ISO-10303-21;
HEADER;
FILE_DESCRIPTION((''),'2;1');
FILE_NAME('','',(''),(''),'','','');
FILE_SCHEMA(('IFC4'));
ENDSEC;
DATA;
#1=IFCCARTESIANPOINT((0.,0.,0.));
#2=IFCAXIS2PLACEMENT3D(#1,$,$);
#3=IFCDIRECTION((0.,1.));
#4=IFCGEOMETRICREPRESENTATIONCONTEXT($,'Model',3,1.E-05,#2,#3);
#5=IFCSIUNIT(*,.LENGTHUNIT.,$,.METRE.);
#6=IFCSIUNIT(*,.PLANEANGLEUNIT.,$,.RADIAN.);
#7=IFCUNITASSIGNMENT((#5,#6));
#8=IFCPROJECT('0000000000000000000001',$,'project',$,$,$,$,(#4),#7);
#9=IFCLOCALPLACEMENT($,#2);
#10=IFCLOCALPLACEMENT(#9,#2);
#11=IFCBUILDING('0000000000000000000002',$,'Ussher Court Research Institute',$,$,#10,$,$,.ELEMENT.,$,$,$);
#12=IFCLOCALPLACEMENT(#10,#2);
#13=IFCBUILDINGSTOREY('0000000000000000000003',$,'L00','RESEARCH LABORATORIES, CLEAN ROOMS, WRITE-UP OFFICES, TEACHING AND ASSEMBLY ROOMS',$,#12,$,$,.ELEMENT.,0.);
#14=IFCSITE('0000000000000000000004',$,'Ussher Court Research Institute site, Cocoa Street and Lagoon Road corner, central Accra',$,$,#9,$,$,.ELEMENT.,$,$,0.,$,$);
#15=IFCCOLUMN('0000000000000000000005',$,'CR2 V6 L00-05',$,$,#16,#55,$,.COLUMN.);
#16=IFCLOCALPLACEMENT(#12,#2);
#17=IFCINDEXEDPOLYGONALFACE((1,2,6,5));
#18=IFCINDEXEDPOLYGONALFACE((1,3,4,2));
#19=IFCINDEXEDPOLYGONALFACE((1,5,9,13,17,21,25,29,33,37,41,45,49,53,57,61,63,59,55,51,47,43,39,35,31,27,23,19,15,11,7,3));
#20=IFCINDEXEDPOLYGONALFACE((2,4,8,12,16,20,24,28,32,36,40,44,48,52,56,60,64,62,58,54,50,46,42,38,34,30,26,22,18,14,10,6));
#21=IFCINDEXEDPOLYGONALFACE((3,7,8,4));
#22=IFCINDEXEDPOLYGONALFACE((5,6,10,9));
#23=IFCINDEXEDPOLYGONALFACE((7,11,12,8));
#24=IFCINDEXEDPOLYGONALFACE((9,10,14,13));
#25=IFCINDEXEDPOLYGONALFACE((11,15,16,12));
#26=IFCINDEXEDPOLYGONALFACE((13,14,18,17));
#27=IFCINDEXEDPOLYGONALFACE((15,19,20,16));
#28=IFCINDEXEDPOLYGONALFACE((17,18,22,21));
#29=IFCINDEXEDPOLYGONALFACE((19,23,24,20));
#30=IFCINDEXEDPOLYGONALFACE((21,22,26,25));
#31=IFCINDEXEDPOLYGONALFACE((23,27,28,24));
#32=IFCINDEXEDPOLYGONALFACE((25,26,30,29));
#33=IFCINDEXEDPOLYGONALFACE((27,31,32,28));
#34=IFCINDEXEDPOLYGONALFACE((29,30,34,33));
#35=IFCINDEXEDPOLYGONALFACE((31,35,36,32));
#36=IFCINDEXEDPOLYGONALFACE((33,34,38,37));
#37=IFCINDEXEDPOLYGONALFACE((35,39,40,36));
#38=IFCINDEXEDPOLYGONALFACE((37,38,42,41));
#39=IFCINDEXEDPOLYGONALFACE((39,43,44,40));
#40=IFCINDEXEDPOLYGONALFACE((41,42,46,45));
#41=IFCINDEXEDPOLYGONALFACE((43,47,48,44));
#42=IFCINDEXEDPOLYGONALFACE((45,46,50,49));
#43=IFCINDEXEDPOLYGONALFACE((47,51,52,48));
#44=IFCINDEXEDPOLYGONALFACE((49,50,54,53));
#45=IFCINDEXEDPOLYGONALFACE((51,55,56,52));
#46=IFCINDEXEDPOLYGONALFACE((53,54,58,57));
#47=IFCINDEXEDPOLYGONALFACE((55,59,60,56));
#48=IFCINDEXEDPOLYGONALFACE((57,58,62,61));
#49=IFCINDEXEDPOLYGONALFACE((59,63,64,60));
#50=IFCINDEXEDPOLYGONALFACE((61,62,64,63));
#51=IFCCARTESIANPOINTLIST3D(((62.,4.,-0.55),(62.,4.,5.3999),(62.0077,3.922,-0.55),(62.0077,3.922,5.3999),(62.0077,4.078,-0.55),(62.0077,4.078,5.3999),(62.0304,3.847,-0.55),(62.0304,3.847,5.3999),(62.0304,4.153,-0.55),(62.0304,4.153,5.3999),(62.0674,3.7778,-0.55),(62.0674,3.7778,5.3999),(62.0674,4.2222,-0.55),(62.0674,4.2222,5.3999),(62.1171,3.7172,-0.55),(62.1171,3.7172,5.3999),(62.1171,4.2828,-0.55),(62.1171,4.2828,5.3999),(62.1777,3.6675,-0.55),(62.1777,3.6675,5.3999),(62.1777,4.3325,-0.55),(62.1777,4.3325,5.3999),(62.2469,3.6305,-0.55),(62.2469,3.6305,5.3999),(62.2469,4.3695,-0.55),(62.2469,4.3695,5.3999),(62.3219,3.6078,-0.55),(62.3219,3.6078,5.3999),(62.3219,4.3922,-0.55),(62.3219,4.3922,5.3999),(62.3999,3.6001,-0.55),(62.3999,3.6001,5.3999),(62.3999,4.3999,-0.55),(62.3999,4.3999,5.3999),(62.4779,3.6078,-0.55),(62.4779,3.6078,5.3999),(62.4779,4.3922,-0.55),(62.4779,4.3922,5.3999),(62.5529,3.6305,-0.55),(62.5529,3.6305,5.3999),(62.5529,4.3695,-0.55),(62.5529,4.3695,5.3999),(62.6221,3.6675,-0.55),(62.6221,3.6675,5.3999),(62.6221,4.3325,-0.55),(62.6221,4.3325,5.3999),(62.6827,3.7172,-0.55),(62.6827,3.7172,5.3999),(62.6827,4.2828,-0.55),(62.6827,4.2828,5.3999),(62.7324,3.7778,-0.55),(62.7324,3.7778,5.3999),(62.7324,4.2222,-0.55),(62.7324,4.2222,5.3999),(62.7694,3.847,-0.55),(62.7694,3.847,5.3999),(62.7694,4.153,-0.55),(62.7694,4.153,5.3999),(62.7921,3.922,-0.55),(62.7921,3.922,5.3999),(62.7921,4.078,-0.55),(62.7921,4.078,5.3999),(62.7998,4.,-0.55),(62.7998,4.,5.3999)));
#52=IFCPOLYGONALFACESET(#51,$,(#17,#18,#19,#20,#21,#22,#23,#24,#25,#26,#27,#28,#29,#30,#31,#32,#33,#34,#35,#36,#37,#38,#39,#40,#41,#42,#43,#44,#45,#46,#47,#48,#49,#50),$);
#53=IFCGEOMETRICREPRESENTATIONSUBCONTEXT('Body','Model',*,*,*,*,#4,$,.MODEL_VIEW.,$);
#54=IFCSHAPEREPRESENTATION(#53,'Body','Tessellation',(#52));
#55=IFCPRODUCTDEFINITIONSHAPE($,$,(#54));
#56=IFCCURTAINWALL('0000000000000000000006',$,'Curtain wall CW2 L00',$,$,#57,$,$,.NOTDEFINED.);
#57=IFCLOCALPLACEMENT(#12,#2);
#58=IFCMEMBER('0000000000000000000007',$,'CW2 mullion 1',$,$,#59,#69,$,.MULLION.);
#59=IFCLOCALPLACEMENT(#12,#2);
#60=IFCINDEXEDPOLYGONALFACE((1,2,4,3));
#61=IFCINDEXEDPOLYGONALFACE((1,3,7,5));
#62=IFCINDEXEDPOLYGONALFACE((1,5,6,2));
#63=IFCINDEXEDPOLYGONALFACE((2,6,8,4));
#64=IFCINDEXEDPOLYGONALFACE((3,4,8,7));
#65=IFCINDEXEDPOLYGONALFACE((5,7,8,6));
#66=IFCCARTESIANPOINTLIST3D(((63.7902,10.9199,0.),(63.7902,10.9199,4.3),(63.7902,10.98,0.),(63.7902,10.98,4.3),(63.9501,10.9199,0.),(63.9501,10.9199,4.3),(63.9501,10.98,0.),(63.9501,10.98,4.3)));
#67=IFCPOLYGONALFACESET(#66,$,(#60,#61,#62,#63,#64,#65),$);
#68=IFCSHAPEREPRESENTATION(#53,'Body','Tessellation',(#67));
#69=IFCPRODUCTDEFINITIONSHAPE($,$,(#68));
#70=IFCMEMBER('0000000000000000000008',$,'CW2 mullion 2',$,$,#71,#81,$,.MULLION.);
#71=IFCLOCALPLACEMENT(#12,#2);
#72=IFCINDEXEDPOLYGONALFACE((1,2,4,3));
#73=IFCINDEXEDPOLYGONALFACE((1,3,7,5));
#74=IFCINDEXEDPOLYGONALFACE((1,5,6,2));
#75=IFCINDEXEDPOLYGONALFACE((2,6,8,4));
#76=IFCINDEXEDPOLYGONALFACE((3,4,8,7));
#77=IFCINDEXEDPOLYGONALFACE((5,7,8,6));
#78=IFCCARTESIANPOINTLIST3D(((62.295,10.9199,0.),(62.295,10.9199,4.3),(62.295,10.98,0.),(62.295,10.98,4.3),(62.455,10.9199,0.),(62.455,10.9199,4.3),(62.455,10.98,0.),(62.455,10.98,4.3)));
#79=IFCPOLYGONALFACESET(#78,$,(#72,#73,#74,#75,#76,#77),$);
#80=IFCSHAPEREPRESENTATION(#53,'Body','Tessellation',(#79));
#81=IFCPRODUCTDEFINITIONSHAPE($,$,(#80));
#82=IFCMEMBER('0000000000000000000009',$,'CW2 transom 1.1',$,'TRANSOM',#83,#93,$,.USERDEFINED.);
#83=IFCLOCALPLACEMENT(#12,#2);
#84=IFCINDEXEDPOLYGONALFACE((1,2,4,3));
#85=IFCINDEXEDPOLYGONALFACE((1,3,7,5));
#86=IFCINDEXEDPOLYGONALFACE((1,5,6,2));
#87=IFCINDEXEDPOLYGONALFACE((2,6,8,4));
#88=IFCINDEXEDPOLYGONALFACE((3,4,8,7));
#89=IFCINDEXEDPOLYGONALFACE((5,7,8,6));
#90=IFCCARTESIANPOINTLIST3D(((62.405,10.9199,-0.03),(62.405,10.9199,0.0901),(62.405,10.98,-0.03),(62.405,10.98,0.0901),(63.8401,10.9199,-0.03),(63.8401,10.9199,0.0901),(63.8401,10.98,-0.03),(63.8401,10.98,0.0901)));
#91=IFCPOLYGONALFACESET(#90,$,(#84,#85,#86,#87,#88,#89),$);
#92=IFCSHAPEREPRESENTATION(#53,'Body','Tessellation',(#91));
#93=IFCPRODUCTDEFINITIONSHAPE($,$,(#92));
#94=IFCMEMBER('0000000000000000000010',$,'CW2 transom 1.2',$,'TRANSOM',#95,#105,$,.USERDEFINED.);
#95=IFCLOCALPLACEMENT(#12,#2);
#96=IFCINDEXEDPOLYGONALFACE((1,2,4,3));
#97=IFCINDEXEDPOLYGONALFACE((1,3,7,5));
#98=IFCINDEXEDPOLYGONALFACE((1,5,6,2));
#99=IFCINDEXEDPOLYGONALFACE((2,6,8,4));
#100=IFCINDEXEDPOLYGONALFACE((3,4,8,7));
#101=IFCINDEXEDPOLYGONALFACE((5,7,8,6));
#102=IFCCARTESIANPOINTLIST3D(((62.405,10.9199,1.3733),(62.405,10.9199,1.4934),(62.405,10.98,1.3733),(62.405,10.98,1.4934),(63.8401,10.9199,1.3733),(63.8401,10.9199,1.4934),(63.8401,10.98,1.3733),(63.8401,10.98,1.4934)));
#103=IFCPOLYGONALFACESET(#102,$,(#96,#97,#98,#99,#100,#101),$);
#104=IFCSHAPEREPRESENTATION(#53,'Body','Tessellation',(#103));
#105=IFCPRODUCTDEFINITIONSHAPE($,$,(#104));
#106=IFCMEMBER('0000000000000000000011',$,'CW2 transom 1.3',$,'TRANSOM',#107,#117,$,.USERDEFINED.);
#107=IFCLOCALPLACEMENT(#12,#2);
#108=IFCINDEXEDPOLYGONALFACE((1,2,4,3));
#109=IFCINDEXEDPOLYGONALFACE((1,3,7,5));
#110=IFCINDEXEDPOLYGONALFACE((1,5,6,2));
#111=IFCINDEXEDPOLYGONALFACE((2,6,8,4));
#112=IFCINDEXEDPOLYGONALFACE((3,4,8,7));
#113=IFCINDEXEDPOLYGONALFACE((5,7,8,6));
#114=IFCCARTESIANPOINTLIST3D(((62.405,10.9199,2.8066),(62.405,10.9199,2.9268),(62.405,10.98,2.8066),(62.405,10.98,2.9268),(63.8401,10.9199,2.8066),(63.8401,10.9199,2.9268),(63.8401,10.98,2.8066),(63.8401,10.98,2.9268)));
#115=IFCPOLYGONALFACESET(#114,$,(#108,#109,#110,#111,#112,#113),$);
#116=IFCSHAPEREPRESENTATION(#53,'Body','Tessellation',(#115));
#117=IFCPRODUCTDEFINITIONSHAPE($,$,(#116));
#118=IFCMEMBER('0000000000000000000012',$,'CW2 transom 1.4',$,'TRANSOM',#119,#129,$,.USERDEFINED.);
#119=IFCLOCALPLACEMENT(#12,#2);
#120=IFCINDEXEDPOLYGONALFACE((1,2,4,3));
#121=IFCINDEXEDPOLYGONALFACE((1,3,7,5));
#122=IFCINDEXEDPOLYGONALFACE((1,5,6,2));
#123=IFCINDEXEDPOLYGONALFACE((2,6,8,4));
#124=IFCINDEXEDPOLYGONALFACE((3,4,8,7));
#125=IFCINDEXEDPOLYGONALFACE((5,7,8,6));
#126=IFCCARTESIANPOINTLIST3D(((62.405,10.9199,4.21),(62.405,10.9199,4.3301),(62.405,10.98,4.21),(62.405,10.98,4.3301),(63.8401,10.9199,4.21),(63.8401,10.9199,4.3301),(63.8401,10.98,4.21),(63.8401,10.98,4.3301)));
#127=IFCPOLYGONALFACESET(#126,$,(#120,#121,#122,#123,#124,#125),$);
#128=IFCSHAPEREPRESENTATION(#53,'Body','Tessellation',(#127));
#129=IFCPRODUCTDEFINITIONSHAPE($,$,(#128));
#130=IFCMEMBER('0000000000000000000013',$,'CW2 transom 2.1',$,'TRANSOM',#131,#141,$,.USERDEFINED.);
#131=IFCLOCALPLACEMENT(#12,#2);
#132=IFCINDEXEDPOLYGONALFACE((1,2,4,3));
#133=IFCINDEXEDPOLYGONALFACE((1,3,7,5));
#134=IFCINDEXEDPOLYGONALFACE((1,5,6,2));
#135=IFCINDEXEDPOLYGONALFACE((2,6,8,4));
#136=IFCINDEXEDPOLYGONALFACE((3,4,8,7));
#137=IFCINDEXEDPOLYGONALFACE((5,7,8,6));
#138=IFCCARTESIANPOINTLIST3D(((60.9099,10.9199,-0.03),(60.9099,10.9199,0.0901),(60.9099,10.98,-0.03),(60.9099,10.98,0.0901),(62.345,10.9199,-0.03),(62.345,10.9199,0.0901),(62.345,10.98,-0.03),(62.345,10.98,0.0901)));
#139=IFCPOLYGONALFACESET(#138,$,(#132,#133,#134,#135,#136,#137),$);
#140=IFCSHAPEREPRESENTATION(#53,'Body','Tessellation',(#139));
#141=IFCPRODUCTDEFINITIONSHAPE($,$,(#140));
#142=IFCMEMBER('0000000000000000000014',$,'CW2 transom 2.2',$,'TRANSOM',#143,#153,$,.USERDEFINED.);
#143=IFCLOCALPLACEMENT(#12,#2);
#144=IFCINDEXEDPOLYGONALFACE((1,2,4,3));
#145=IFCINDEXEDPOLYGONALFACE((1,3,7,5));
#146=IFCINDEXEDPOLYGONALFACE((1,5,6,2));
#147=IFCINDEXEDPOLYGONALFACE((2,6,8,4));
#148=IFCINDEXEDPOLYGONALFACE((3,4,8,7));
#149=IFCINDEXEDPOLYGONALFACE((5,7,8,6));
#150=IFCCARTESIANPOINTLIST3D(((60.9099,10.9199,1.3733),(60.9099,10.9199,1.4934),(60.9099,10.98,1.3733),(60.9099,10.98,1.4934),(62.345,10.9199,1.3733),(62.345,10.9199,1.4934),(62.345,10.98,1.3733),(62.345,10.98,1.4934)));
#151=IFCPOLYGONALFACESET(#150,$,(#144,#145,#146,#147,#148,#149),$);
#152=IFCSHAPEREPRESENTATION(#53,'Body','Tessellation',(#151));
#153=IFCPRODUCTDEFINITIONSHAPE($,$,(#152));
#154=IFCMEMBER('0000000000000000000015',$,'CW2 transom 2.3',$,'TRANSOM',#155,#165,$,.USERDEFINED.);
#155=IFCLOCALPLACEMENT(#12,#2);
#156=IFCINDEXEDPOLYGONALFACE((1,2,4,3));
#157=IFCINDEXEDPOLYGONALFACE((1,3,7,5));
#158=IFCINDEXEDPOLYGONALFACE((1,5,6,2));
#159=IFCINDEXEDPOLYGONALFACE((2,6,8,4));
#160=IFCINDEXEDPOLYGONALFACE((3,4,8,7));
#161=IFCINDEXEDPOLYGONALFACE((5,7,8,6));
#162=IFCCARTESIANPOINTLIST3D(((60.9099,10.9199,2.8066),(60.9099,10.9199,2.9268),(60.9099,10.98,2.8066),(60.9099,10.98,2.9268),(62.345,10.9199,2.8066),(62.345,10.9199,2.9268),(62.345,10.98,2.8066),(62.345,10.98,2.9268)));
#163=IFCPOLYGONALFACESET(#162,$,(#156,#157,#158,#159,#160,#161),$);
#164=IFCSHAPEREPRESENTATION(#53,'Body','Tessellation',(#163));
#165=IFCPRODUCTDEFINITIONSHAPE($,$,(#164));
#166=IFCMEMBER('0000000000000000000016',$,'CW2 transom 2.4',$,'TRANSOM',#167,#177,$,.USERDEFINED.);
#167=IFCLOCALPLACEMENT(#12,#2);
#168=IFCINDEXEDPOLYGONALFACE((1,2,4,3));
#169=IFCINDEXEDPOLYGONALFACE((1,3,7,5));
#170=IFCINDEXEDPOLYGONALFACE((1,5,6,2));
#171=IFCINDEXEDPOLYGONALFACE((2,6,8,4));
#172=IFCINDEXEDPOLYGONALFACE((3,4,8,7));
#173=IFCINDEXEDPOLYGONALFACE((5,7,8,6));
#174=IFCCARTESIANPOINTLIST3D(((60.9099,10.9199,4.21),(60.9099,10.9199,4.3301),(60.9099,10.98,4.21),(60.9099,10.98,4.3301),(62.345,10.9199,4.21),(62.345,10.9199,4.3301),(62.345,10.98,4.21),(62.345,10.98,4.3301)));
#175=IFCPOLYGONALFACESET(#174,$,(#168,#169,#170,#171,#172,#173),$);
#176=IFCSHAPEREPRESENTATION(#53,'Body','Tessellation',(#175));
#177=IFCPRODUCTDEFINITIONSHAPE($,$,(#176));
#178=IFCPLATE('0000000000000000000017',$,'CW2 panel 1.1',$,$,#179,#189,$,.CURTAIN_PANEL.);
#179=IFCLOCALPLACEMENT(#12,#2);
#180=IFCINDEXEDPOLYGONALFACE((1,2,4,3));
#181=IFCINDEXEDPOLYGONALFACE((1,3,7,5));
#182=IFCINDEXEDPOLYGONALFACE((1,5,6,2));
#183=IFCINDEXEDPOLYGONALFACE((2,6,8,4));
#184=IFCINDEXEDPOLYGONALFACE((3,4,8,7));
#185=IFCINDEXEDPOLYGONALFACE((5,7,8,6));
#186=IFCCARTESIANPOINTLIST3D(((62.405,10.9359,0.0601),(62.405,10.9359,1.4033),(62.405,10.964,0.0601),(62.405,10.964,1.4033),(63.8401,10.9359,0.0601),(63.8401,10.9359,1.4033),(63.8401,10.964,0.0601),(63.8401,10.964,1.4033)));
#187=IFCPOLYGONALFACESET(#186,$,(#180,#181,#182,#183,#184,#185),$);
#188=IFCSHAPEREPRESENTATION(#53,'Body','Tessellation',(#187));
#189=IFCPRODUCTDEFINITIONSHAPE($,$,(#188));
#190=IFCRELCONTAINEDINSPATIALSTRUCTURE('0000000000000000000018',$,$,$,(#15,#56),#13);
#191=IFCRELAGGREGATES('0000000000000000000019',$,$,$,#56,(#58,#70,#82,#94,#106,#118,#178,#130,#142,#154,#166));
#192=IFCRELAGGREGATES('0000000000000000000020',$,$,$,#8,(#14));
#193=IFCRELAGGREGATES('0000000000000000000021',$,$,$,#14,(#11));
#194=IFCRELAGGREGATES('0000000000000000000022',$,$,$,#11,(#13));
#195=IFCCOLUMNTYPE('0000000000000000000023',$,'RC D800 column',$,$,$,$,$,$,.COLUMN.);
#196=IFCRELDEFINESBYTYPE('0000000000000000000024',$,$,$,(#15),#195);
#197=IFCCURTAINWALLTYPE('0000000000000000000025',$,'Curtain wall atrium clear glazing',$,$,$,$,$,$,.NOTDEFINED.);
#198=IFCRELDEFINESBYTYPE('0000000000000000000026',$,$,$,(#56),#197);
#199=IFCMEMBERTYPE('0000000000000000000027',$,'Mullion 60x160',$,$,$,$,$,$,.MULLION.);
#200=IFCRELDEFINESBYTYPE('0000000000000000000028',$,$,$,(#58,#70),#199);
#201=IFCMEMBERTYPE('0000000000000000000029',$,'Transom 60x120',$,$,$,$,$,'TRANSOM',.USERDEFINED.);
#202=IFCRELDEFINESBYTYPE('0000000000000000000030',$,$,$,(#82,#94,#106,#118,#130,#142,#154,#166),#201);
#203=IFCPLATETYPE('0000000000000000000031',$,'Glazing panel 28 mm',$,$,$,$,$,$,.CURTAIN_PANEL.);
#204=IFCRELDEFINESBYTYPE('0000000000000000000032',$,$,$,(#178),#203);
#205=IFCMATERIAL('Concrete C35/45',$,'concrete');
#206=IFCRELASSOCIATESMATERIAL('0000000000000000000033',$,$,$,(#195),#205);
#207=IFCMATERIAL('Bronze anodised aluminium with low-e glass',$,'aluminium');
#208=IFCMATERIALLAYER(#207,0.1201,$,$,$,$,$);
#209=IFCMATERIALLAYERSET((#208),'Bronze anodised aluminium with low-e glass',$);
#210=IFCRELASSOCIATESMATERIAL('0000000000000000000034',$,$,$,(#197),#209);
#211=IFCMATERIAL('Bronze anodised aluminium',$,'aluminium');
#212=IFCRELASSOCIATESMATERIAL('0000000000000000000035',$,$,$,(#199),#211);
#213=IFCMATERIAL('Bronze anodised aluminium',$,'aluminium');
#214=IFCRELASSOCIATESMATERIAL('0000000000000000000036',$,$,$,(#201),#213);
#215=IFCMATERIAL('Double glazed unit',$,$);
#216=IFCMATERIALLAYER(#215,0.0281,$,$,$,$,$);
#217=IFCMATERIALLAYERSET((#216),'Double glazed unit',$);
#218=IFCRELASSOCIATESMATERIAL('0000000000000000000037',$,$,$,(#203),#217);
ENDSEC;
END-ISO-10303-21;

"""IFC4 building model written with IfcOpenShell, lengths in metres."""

from ifc_helpers import new_model, si_unit, direction, frame, origin, origin_2d, place, context, subcontext, project, spatial, rectangle, circle, extrude, material, layer, layer_set, material_profile, profile_set, type_object, element, aggregate, save


model = new_model("IFC4")

# Units and contexts
model_context = context("Model", 3, precision=1e-05, world=origin(), true_north=direction((0.0, 1.0)))
body_context = subcontext(model_context, "Body", "Model", "MODEL_VIEW")
ifc_project = project(units=[si_unit("LENGTHUNIT", "METRE"), si_unit("PLANEANGLEUNIT", "RADIAN")], contexts=[model_context])

# Site, building, storey
site_placement = place(None, origin())
site = spatial("IfcSite", under=ifc_project, at=site_placement, Name="Ussher Court Research Institute site, Cocoa Street and Lagoon Road corner, central Accra", CompositionType="ELEMENT", RefElevation=0.0)
building_placement = place(site_placement, origin())
building = spatial("IfcBuilding", under=site, at=building_placement, Name="Ussher Court Research Institute", CompositionType="ELEMENT")
storey_placement = place(building_placement, origin())
storey = spatial("IfcBuildingStorey", under=building, at=storey_placement, Name="L00", Description="RESEARCH LABORATORIES, CLEAN ROOMS, WRITE-UP OFFICES, TEACHING AND ASSEMBLY ROOMS", CompositionType="ELEMENT", Elevation=0.0)

# Column
ifc_material_1 = material(Name="Concrete C35/45", Category="concrete")
ifc_material_profile_1 = material_profile(ifc_material_1, circle(Radius=0.3999, at=origin_2d()), Name="RC D800")
ifc_profile_set_1 = profile_set([ifc_material_profile_1], Name="Concrete C35/45")
column_type_1 = type_object("IfcColumnType", Name="RC D800 column", PredefinedType="COLUMN", material=ifc_profile_set_1)
column_1_placement = place(storey_placement, frame((62.3999, 4.0, -0.55), z_axis=(0.0, 0.0, 1.0), x_axis=(1.0, 0.0, 0.0)))
element("IfcColumn", 1, at=column_1_placement, inside=storey, type_object=column_type_1, Name="CR2 V6 L00-05", PredefinedType="COLUMN", context=body_context, shape_type="SweptSolid", body=[
    extrude(circle(Radius=0.3999, at=origin_2d()), origin(), (0.0, 0.0, 1.0), 5.95),
])

# Curtain wall, members, plate
ifc_material_2 = material(Name="Bronze anodised aluminium with low-e glass", Category="aluminium")
ifc_layer_1 = layer(ifc_material_2, 0.1201)
ifc_layer_set_1 = layer_set([ifc_layer_1], Name="Bronze anodised aluminium with low-e glass")
curtain_wall_type = type_object("IfcCurtainWallType", Name="Curtain wall atrium clear glazing", PredefinedType="NOTDEFINED", material=ifc_layer_set_1)
curtain_wall_placement = place(storey_placement, origin())
curtain_wall = element("IfcCurtainWall", 2, at=curtain_wall_placement, inside=storey, type_object=curtain_wall_type, Name="Curtain wall CW2 L00", PredefinedType="NOTDEFINED")
ifc_material_3 = material(Name="Bronze anodised aluminium", Category="aluminium")
ifc_material_profile_2 = material_profile(ifc_material_3, rectangle(XDim=0.0601, YDim=0.1599, at=origin_2d()), Name="Mullion 60x160")
ifc_profile_set_2 = profile_set([ifc_material_profile_2], Name="Bronze anodised aluminium")
member_type_1 = type_object("IfcMemberType", Name="Mullion 60x160", PredefinedType="MULLION", material=ifc_profile_set_2)
member_1_placement = place(storey_placement, frame((63.8701, 10.95, 0.0), z_axis=(0.0, 0.0, 1.0), x_axis=(0.0, -1.0, 0.0)))
member_1 = element("IfcMember", 3, at=member_1_placement, type_object=member_type_1, Name="CW2 mullion 1", PredefinedType="MULLION", context=body_context, shape_type="SweptSolid", body=[
    extrude(rectangle(XDim=0.0601, YDim=0.1599, at=origin_2d()), origin(), (0.0, 0.0, 1.0), 4.3),
])
member_2_placement = place(storey_placement, frame((62.375, 10.95, 0.0), z_axis=(0.0, 0.0, 1.0), x_axis=(0.0, -1.0, 0.0)))
member_2 = element("IfcMember", 4, at=member_2_placement, type_object=member_type_1, Name="CW2 mullion 2", PredefinedType="MULLION", context=body_context, shape_type="SweptSolid", body=[
    extrude(rectangle(XDim=0.0601, YDim=0.1599, at=origin_2d()), origin(), (0.0, 0.0, 1.0), 4.3),
])
ifc_material_4 = material(Name="Bronze anodised aluminium", Category="aluminium")
ifc_material_profile_3 = material_profile(ifc_material_4, rectangle(XDim=0.0601, YDim=0.1201, at=origin_2d()), Name="Transom 60x120")
ifc_profile_set_3 = profile_set([ifc_material_profile_3], Name="Bronze anodised aluminium")
member_type_2 = type_object("IfcMemberType", Name="Transom 60x120", ElementType="TRANSOM", PredefinedType="USERDEFINED", material=ifc_profile_set_3)
member_3_placement = place(storey_placement, frame((63.8401, 10.95, 0.03), z_axis=(-1.0, 0.0, 0.0), x_axis=(0.0, -1.0, 0.0)))
member_3 = element("IfcMember", 5, at=member_3_placement, type_object=member_type_2, Name="CW2 transom 1.1", ObjectType="TRANSOM", PredefinedType="USERDEFINED", context=body_context, shape_type="SweptSolid", body=[
    extrude(rectangle(XDim=0.0601, YDim=0.1201, at=origin_2d()), origin(), (0.0, 0.0, 1.0), 1.4351),
])
member_4_placement = place(storey_placement, frame((63.8401, 10.95, 1.4333), z_axis=(-1.0, 0.0, 0.0), x_axis=(0.0, -1.0, 0.0)))
member_4 = element("IfcMember", 6, at=member_4_placement, type_object=member_type_2, Name="CW2 transom 1.2", ObjectType="TRANSOM", PredefinedType="USERDEFINED", context=body_context, shape_type="SweptSolid", body=[
    extrude(rectangle(XDim=0.0601, YDim=0.1201, at=origin_2d()), origin(), (0.0, 0.0, 1.0), 1.4351),
])
member_5_placement = place(storey_placement, frame((63.8401, 10.95, 2.8667), z_axis=(-1.0, 0.0, 0.0), x_axis=(0.0, -1.0, 0.0)))
member_5 = element("IfcMember", 7, at=member_5_placement, type_object=member_type_2, Name="CW2 transom 1.3", ObjectType="TRANSOM", PredefinedType="USERDEFINED", context=body_context, shape_type="SweptSolid", body=[
    extrude(rectangle(XDim=0.0601, YDim=0.1201, at=origin_2d()), origin(), (0.0, 0.0, 1.0), 1.4351),
])
member_6_placement = place(storey_placement, frame((63.8401, 10.95, 4.27), z_axis=(-1.0, 0.0, 0.0), x_axis=(0.0, -1.0, 0.0)))
member_6 = element("IfcMember", 8, at=member_6_placement, type_object=member_type_2, Name="CW2 transom 1.4", ObjectType="TRANSOM", PredefinedType="USERDEFINED", context=body_context, shape_type="SweptSolid", body=[
    extrude(rectangle(XDim=0.0601, YDim=0.1201, at=origin_2d()), origin(), (0.0, 0.0, 1.0), 1.4351),
])
member_7_placement = place(storey_placement, frame((62.345, 10.95, 0.03), z_axis=(-1.0, 0.0, 0.0), x_axis=(0.0, -1.0, 0.0)))
member_7 = element("IfcMember", 9, at=member_7_placement, type_object=member_type_2, Name="CW2 transom 2.1", ObjectType="TRANSOM", PredefinedType="USERDEFINED", context=body_context, shape_type="SweptSolid", body=[
    extrude(rectangle(XDim=0.0601, YDim=0.1201, at=origin_2d()), origin(), (0.0, 0.0, 1.0), 1.4351),
])
member_8_placement = place(storey_placement, frame((62.345, 10.95, 1.4333), z_axis=(-1.0, 0.0, 0.0), x_axis=(0.0, -1.0, 0.0)))
member_8 = element("IfcMember", 10, at=member_8_placement, type_object=member_type_2, Name="CW2 transom 2.2", ObjectType="TRANSOM", PredefinedType="USERDEFINED", context=body_context, shape_type="SweptSolid", body=[
    extrude(rectangle(XDim=0.0601, YDim=0.1201, at=origin_2d()), origin(), (0.0, 0.0, 1.0), 1.4351),
])
member_9_placement = place(storey_placement, frame((62.345, 10.95, 2.8667), z_axis=(-1.0, 0.0, 0.0), x_axis=(0.0, -1.0, 0.0)))
member_9 = element("IfcMember", 11, at=member_9_placement, type_object=member_type_2, Name="CW2 transom 2.3", ObjectType="TRANSOM", PredefinedType="USERDEFINED", context=body_context, shape_type="SweptSolid", body=[
    extrude(rectangle(XDim=0.0601, YDim=0.1201, at=origin_2d()), origin(), (0.0, 0.0, 1.0), 1.4351),
])
member_10_placement = place(storey_placement, frame((62.345, 10.95, 4.27), z_axis=(-1.0, 0.0, 0.0), x_axis=(0.0, -1.0, 0.0)))
member_10 = element("IfcMember", 12, at=member_10_placement, type_object=member_type_2, Name="CW2 transom 2.4", ObjectType="TRANSOM", PredefinedType="USERDEFINED", context=body_context, shape_type="SweptSolid", body=[
    extrude(rectangle(XDim=0.0601, YDim=0.1201, at=origin_2d()), origin(), (0.0, 0.0, 1.0), 1.4351),
])
ifc_material_5 = material(Name="Double glazed unit")
ifc_layer_2 = layer(ifc_material_5, 0.0281)
ifc_layer_set_2 = layer_set([ifc_layer_2], Name="Double glazed unit")
plate_type = type_object("IfcPlateType", Name="Glazing panel 28 mm", PredefinedType="CURTAIN_PANEL", material=ifc_layer_set_2)
plate_1_placement = place(storey_placement, frame((63.1226, 10.95, 0.0601), z_axis=(0.0, 0.0, 1.0), x_axis=(-1.0, 0.0, 0.0)))
plate_1 = element("IfcPlate", 13, at=plate_1_placement, type_object=plate_type, Name="CW2 panel 1.1", PredefinedType="CURTAIN_PANEL", context=body_context, shape_type="SweptSolid", body=[
    extrude(rectangle(XDim=1.4351, YDim=0.0281, at=origin_2d()), origin(), (0.0, 0.0, 1.0), 1.3433),
])
aggregate(curtain_wall, [member_1, member_2, member_3, member_4, member_5, member_6, plate_1, member_7, member_8, member_9, member_10])

save(model, "model.ifc")
